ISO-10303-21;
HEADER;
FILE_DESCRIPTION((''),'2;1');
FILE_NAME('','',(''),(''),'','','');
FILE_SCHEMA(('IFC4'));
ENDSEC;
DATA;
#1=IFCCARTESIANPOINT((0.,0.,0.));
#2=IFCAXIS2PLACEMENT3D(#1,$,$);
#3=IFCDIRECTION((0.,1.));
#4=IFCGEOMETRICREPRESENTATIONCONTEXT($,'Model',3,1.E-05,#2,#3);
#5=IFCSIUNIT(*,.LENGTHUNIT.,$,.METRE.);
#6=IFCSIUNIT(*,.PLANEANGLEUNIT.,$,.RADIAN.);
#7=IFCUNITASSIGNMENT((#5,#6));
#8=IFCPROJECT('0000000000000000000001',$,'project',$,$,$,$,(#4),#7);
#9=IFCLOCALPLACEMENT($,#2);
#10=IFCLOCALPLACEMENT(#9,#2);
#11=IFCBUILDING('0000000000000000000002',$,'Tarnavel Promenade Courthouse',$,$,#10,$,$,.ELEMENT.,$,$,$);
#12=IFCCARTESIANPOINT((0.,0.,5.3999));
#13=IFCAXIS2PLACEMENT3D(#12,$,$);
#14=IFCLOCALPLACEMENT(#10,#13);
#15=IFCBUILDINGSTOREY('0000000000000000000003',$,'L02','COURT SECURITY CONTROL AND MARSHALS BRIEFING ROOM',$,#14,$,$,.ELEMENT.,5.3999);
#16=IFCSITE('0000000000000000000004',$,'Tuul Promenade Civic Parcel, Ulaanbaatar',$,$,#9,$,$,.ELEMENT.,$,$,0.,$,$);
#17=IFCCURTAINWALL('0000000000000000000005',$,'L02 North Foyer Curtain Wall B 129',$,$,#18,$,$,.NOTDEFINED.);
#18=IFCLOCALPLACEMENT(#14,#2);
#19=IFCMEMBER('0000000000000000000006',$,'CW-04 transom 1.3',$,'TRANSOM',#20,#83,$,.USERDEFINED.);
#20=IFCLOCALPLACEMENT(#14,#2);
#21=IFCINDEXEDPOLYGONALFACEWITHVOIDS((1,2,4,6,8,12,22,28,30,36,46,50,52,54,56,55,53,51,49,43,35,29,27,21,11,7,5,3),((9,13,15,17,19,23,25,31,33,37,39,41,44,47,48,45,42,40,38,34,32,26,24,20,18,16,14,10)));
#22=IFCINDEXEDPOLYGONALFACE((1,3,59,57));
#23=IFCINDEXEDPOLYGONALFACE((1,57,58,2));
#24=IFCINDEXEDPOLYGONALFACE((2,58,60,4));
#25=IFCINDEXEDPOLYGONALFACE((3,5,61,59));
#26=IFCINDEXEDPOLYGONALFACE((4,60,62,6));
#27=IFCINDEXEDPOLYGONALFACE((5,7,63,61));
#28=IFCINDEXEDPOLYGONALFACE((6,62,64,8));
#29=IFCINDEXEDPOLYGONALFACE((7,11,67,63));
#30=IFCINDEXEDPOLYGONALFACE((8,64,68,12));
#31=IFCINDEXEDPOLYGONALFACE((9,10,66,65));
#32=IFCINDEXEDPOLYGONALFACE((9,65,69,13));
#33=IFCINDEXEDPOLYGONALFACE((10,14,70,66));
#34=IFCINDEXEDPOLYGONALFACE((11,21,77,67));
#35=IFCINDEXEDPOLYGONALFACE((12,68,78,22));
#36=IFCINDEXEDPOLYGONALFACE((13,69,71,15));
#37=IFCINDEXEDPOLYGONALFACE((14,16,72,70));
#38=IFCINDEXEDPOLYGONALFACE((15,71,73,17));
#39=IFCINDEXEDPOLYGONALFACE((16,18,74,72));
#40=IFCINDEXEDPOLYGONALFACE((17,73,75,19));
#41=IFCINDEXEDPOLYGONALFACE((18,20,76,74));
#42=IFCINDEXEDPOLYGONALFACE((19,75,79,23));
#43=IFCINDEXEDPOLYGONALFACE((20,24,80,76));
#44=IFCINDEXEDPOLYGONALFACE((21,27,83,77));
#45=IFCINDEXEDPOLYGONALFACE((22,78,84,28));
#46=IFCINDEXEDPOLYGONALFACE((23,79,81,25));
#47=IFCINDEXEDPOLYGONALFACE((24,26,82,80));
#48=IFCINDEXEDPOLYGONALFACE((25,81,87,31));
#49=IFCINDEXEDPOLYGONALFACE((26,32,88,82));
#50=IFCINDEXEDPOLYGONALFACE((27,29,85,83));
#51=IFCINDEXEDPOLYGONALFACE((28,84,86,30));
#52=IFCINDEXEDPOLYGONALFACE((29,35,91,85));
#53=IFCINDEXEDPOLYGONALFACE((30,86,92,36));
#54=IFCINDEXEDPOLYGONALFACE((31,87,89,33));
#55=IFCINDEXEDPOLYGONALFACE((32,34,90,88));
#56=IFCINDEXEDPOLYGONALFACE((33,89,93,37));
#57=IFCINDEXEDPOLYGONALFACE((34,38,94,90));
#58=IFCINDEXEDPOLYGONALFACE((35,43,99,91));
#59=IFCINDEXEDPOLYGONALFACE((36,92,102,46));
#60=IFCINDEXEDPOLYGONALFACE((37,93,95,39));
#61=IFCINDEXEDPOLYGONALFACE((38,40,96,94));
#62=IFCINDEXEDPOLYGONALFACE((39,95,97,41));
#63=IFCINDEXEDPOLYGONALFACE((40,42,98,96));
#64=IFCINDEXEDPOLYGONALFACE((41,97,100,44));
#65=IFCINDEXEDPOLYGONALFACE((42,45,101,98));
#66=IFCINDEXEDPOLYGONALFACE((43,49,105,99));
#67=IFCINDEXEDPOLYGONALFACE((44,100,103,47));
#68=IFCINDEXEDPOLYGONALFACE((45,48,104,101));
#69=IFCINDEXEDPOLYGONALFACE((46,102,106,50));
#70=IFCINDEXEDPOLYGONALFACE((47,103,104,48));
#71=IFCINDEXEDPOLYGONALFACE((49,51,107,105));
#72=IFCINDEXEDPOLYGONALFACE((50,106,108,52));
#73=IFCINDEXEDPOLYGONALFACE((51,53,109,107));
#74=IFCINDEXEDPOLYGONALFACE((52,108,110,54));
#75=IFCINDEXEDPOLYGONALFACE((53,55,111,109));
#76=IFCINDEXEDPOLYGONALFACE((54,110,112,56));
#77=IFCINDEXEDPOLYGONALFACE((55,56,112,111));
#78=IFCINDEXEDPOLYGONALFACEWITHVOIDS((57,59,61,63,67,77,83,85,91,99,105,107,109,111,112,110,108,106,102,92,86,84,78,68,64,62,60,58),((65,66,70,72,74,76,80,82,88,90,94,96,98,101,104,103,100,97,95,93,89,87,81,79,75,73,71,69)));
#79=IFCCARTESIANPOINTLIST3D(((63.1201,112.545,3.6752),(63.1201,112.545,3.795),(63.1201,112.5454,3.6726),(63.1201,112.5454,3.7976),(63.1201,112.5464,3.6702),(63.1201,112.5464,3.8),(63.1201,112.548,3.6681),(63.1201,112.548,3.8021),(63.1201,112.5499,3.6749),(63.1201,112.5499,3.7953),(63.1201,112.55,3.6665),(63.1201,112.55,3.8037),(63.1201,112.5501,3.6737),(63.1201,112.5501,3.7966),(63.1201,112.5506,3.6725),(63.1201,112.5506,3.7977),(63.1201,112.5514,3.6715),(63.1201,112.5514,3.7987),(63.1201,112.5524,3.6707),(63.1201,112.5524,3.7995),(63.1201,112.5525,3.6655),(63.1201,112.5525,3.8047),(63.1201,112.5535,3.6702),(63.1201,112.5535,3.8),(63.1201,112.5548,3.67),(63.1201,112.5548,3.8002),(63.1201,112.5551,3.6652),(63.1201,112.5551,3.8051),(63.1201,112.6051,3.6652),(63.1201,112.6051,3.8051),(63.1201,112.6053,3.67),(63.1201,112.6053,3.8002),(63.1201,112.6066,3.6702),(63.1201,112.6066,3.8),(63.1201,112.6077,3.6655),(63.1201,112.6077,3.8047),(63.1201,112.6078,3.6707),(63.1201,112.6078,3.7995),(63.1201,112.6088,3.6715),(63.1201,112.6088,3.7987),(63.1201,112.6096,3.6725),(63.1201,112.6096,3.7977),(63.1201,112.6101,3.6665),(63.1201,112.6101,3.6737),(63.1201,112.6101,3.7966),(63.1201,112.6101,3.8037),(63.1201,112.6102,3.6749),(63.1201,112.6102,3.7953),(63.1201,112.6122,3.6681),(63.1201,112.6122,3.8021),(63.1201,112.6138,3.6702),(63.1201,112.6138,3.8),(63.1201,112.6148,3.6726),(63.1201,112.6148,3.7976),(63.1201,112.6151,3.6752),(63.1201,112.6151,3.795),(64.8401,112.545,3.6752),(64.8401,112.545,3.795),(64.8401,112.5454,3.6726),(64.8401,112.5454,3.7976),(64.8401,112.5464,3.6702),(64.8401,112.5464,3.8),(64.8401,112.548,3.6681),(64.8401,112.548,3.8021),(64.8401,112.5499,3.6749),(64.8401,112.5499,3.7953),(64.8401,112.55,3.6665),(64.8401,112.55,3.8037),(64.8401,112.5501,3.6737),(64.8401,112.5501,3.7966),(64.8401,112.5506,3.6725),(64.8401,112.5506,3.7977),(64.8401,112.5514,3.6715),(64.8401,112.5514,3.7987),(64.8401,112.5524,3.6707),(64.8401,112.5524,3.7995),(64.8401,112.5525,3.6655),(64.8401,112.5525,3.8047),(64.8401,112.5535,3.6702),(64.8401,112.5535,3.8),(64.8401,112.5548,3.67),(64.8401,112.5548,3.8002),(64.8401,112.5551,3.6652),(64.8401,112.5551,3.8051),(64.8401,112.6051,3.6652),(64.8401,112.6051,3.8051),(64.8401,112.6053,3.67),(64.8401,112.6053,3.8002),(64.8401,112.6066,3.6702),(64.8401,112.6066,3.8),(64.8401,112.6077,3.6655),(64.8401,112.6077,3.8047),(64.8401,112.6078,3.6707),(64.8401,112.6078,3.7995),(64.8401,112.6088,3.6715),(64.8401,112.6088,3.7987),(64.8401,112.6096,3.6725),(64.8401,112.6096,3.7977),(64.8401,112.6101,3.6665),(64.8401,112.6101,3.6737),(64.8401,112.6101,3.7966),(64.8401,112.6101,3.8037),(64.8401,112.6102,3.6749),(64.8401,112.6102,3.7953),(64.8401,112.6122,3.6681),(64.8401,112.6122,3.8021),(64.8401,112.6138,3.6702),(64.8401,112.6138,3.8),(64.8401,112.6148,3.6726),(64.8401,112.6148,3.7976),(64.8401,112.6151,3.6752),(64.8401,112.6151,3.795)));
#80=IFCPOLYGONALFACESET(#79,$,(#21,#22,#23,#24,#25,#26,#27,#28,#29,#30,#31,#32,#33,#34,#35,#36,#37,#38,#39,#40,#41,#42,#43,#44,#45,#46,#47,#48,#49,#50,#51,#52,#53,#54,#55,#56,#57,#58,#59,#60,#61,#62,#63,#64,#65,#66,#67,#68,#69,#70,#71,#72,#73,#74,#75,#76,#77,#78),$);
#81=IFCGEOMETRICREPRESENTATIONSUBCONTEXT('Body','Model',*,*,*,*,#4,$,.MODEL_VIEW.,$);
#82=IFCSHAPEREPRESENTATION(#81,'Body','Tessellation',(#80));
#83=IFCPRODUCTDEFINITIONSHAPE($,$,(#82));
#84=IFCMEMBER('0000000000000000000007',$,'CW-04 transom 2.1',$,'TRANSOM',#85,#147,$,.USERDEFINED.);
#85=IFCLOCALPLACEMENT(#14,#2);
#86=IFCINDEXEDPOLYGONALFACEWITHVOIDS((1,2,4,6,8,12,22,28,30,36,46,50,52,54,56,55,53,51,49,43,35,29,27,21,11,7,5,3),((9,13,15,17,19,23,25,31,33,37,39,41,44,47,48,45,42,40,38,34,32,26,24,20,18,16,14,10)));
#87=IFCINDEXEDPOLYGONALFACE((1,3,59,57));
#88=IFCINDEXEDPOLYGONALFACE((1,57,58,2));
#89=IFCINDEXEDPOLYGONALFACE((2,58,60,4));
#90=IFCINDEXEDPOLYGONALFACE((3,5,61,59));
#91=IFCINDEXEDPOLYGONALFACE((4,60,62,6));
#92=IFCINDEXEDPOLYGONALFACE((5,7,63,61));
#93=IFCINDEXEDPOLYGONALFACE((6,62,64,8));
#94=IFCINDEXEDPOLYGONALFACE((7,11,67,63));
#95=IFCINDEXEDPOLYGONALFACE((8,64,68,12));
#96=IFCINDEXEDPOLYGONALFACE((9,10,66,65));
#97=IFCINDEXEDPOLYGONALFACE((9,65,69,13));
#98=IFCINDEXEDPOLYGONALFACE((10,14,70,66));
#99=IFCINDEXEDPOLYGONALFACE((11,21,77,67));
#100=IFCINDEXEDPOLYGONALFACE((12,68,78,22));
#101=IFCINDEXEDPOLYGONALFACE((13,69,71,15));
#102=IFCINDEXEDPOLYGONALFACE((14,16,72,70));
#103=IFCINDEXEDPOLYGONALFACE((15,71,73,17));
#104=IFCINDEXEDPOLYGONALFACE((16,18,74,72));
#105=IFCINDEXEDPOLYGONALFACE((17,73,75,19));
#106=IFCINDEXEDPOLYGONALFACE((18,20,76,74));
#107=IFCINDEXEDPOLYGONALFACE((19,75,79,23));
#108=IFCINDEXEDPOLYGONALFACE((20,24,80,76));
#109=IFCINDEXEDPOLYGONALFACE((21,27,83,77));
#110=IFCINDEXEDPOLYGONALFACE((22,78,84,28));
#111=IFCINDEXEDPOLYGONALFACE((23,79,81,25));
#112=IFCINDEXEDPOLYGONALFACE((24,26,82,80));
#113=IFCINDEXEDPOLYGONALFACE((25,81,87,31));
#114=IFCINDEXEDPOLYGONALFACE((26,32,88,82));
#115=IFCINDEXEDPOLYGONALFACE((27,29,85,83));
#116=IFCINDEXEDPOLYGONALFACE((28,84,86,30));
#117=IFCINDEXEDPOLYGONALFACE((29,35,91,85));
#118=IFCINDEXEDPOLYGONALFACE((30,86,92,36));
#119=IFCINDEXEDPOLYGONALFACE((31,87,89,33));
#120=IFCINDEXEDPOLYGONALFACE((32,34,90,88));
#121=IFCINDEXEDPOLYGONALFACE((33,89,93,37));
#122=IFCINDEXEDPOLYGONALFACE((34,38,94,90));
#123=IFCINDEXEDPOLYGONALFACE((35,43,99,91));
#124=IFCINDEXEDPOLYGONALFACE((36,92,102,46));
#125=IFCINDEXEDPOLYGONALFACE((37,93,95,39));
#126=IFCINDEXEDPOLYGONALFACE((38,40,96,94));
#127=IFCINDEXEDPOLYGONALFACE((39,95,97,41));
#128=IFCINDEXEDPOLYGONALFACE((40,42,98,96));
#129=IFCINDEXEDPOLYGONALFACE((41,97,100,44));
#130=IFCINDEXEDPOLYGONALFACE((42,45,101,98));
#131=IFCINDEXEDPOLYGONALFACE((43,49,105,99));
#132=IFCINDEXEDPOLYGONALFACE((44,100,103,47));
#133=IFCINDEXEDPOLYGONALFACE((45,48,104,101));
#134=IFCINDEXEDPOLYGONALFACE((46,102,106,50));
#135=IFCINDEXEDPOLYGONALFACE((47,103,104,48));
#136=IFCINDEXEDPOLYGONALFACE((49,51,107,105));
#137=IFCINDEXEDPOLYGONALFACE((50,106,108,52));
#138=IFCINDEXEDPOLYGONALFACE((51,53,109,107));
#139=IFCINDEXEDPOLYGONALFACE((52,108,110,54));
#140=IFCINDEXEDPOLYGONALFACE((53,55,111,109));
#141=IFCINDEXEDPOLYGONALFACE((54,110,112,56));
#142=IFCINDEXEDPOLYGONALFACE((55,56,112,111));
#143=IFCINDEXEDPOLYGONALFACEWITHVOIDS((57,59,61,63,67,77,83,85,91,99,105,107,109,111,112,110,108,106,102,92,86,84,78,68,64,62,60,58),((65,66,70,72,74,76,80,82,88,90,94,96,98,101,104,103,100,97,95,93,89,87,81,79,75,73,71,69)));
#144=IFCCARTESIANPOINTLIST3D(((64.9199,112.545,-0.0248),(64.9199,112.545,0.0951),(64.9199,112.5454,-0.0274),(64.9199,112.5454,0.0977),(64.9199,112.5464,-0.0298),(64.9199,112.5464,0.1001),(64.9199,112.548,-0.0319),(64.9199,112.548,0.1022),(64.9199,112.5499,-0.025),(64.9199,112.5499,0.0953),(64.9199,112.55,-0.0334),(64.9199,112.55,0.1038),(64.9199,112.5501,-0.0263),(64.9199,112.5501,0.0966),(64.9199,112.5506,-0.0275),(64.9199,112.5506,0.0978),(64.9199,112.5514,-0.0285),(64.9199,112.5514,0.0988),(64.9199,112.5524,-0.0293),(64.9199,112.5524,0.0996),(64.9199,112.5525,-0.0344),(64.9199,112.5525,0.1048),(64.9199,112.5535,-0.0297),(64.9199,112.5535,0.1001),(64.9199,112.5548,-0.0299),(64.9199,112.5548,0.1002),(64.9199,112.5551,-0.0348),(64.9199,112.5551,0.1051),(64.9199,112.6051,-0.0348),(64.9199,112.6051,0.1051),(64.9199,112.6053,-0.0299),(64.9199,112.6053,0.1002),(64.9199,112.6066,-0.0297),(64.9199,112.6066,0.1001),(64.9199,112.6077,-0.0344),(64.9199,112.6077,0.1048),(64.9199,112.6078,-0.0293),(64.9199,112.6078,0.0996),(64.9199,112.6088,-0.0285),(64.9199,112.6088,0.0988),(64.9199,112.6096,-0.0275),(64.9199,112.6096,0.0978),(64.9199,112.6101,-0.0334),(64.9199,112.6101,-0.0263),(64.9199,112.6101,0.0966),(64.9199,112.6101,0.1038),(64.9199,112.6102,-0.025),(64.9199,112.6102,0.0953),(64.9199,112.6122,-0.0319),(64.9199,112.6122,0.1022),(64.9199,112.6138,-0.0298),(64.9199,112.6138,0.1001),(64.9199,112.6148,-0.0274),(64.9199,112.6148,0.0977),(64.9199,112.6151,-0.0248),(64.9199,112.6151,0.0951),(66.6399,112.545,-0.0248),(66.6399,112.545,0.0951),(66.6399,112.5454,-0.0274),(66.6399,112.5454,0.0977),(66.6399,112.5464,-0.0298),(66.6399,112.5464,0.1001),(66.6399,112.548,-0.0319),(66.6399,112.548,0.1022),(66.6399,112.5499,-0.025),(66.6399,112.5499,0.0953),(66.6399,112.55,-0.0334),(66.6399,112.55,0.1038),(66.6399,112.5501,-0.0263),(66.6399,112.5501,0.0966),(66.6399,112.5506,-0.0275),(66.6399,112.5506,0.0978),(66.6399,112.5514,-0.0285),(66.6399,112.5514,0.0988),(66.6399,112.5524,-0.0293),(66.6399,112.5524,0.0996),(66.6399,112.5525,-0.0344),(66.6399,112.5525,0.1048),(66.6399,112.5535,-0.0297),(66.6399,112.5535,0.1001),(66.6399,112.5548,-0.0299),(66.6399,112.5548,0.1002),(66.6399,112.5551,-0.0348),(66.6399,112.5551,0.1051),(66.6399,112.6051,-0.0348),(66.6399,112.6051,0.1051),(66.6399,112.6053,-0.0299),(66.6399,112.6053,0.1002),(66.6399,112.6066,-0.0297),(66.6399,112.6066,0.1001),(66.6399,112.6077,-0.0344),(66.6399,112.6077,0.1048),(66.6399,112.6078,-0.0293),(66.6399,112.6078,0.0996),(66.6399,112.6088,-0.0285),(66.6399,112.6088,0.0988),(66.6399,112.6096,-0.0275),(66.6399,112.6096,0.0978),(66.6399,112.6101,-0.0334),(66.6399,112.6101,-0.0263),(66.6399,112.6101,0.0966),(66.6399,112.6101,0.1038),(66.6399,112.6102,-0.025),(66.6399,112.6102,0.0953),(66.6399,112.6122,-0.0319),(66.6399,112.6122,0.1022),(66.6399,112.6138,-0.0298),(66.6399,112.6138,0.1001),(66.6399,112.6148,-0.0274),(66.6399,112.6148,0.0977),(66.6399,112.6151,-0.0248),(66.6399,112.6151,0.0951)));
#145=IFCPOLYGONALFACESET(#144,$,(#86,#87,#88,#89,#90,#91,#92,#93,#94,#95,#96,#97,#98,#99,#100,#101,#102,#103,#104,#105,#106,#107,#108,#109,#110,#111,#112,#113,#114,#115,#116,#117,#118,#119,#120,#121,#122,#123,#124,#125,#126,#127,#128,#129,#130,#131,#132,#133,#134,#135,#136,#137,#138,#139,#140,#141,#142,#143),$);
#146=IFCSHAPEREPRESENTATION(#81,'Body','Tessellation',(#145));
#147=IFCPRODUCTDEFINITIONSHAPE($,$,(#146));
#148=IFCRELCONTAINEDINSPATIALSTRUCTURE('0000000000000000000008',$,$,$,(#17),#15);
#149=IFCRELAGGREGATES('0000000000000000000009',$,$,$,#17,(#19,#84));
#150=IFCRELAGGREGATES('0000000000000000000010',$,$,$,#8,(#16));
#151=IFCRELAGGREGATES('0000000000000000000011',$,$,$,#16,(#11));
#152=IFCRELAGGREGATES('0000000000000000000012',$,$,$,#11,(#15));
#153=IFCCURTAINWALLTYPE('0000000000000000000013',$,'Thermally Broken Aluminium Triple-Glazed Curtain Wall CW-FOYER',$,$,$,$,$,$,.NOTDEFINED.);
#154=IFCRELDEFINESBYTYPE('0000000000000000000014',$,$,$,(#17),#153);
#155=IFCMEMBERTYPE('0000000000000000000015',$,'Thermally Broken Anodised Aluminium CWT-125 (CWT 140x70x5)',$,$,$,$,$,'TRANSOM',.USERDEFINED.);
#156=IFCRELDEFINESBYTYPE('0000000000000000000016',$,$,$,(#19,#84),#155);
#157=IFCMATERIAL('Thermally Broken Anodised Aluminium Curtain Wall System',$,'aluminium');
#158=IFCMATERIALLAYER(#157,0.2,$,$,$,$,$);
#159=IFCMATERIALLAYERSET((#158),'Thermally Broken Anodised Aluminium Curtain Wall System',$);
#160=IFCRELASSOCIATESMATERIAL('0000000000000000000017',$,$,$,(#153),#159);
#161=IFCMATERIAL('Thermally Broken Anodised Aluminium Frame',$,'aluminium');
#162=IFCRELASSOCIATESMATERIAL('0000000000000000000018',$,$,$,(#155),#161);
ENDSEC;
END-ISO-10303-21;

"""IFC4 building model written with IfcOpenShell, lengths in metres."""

from ifc_helpers import new_model, si_unit, direction, frame, origin, origin_2d, place, context, subcontext, project, spatial, hollow_rectangle, extrude, material, layer, layer_set, material_profile, profile_set, type_object, element, aggregate, save


model = new_model("IFC4")

# Units and contexts
model_context = context("Model", 3, precision=1e-05, world=origin(), true_north=direction((0.0, 1.0)))
body_context = subcontext(model_context, "Body", "Model", "MODEL_VIEW")
ifc_project = project(units=[si_unit("LENGTHUNIT", "METRE"), si_unit("PLANEANGLEUNIT", "RADIAN")], contexts=[model_context])

# Site, building, storey
site_placement = place(None, origin())
site = spatial("IfcSite", under=ifc_project, at=site_placement, Name="Tuul Promenade Civic Parcel, Ulaanbaatar", CompositionType="ELEMENT", RefElevation=0.0)
building_placement = place(site_placement, origin())
building = spatial("IfcBuilding", under=site, at=building_placement, Name="Tarnavel Promenade Courthouse", CompositionType="ELEMENT")
storey_placement = place(building_placement, frame((0.0, 0.0, 5.3999)))
storey = spatial("IfcBuildingStorey", under=building, at=storey_placement, Name="L02", Description="COURT SECURITY CONTROL AND MARSHALS BRIEFING ROOM", CompositionType="ELEMENT", Elevation=5.3999)

# Curtain wall
ifc_material_1 = material(Name="Thermally Broken Anodised Aluminium Curtain Wall System", Category="aluminium")
ifc_layer_1 = layer(ifc_material_1, 0.2)
ifc_layer_set_1 = layer_set([ifc_layer_1], Name="Thermally Broken Anodised Aluminium Curtain Wall System")
curtain_wall_type = type_object("IfcCurtainWallType", Name="Thermally Broken Aluminium Triple-Glazed Curtain Wall CW-FOYER", PredefinedType="NOTDEFINED", material=ifc_layer_set_1)
ifc_material_2 = material(Name="Thermally Broken Anodised Aluminium Frame", Category="aluminium")
curtain_wall_1_placement = place(storey_placement, origin())
curtain_wall_1 = element("IfcCurtainWall", 1, at=curtain_wall_1_placement, inside=storey, type_object=curtain_wall_type, Name="L02 North Foyer Curtain Wall B 129", PredefinedType="NOTDEFINED")

# Members
ifc_material_profile_1 = material_profile(ifc_material_2, hollow_rectangle(XDim=0.0701, YDim=0.1399, WallThickness=0.0049, InnerFilletRadius=0.0049, OuterFilletRadius=0.01, at=origin_2d()), Name="CWT 140x70x5")
ifc_profile_set_1 = profile_set([ifc_material_profile_1], Name="Thermally Broken Anodised Aluminium Frame")
member_type_1 = type_object("IfcMemberType", Name="Thermally Broken Anodised Aluminium CWT-125 (CWT 140x70x5)", ElementType="TRANSOM", PredefinedType="USERDEFINED", material=ifc_profile_set_1)
member_1_placement = place(storey_placement, frame((63.1201, 112.5801, 3.7351), z_axis=(1.0, 0.0, 0.0), x_axis=(0.0, 1.0, 0.0)))
member_1 = element("IfcMember", 2, at=member_1_placement, type_object=member_type_1, Name="CW-04 transom 1.3", ObjectType="TRANSOM", PredefinedType="USERDEFINED", context=body_context, shape_type="SweptSolid", body=[
    extrude(hollow_rectangle(XDim=0.0701, YDim=0.1399, WallThickness=0.0049, InnerFilletRadius=0.0049, OuterFilletRadius=0.01, at=origin_2d()), origin(), (0.0, 0.0, 1.0), 1.72),
])
member_2_placement = place(storey_placement, frame((64.9199, 112.5801, 0.0352), z_axis=(1.0, 0.0, 0.0), x_axis=(0.0, 1.0, 0.0)))
member_2 = element("IfcMember", 3, at=member_2_placement, type_object=member_type_1, Name="CW-04 transom 2.1", ObjectType="TRANSOM", PredefinedType="USERDEFINED", context=body_context, shape_type="SweptSolid", body=[
    extrude(hollow_rectangle(XDim=0.0701, YDim=0.1399, WallThickness=0.0049, InnerFilletRadius=0.0049, OuterFilletRadius=0.01, at=origin_2d()), origin(), (0.0, 0.0, 1.0), 1.72),
])

aggregate(curtain_wall_1, [member_1, member_2])

save(model, "model.ifc")
